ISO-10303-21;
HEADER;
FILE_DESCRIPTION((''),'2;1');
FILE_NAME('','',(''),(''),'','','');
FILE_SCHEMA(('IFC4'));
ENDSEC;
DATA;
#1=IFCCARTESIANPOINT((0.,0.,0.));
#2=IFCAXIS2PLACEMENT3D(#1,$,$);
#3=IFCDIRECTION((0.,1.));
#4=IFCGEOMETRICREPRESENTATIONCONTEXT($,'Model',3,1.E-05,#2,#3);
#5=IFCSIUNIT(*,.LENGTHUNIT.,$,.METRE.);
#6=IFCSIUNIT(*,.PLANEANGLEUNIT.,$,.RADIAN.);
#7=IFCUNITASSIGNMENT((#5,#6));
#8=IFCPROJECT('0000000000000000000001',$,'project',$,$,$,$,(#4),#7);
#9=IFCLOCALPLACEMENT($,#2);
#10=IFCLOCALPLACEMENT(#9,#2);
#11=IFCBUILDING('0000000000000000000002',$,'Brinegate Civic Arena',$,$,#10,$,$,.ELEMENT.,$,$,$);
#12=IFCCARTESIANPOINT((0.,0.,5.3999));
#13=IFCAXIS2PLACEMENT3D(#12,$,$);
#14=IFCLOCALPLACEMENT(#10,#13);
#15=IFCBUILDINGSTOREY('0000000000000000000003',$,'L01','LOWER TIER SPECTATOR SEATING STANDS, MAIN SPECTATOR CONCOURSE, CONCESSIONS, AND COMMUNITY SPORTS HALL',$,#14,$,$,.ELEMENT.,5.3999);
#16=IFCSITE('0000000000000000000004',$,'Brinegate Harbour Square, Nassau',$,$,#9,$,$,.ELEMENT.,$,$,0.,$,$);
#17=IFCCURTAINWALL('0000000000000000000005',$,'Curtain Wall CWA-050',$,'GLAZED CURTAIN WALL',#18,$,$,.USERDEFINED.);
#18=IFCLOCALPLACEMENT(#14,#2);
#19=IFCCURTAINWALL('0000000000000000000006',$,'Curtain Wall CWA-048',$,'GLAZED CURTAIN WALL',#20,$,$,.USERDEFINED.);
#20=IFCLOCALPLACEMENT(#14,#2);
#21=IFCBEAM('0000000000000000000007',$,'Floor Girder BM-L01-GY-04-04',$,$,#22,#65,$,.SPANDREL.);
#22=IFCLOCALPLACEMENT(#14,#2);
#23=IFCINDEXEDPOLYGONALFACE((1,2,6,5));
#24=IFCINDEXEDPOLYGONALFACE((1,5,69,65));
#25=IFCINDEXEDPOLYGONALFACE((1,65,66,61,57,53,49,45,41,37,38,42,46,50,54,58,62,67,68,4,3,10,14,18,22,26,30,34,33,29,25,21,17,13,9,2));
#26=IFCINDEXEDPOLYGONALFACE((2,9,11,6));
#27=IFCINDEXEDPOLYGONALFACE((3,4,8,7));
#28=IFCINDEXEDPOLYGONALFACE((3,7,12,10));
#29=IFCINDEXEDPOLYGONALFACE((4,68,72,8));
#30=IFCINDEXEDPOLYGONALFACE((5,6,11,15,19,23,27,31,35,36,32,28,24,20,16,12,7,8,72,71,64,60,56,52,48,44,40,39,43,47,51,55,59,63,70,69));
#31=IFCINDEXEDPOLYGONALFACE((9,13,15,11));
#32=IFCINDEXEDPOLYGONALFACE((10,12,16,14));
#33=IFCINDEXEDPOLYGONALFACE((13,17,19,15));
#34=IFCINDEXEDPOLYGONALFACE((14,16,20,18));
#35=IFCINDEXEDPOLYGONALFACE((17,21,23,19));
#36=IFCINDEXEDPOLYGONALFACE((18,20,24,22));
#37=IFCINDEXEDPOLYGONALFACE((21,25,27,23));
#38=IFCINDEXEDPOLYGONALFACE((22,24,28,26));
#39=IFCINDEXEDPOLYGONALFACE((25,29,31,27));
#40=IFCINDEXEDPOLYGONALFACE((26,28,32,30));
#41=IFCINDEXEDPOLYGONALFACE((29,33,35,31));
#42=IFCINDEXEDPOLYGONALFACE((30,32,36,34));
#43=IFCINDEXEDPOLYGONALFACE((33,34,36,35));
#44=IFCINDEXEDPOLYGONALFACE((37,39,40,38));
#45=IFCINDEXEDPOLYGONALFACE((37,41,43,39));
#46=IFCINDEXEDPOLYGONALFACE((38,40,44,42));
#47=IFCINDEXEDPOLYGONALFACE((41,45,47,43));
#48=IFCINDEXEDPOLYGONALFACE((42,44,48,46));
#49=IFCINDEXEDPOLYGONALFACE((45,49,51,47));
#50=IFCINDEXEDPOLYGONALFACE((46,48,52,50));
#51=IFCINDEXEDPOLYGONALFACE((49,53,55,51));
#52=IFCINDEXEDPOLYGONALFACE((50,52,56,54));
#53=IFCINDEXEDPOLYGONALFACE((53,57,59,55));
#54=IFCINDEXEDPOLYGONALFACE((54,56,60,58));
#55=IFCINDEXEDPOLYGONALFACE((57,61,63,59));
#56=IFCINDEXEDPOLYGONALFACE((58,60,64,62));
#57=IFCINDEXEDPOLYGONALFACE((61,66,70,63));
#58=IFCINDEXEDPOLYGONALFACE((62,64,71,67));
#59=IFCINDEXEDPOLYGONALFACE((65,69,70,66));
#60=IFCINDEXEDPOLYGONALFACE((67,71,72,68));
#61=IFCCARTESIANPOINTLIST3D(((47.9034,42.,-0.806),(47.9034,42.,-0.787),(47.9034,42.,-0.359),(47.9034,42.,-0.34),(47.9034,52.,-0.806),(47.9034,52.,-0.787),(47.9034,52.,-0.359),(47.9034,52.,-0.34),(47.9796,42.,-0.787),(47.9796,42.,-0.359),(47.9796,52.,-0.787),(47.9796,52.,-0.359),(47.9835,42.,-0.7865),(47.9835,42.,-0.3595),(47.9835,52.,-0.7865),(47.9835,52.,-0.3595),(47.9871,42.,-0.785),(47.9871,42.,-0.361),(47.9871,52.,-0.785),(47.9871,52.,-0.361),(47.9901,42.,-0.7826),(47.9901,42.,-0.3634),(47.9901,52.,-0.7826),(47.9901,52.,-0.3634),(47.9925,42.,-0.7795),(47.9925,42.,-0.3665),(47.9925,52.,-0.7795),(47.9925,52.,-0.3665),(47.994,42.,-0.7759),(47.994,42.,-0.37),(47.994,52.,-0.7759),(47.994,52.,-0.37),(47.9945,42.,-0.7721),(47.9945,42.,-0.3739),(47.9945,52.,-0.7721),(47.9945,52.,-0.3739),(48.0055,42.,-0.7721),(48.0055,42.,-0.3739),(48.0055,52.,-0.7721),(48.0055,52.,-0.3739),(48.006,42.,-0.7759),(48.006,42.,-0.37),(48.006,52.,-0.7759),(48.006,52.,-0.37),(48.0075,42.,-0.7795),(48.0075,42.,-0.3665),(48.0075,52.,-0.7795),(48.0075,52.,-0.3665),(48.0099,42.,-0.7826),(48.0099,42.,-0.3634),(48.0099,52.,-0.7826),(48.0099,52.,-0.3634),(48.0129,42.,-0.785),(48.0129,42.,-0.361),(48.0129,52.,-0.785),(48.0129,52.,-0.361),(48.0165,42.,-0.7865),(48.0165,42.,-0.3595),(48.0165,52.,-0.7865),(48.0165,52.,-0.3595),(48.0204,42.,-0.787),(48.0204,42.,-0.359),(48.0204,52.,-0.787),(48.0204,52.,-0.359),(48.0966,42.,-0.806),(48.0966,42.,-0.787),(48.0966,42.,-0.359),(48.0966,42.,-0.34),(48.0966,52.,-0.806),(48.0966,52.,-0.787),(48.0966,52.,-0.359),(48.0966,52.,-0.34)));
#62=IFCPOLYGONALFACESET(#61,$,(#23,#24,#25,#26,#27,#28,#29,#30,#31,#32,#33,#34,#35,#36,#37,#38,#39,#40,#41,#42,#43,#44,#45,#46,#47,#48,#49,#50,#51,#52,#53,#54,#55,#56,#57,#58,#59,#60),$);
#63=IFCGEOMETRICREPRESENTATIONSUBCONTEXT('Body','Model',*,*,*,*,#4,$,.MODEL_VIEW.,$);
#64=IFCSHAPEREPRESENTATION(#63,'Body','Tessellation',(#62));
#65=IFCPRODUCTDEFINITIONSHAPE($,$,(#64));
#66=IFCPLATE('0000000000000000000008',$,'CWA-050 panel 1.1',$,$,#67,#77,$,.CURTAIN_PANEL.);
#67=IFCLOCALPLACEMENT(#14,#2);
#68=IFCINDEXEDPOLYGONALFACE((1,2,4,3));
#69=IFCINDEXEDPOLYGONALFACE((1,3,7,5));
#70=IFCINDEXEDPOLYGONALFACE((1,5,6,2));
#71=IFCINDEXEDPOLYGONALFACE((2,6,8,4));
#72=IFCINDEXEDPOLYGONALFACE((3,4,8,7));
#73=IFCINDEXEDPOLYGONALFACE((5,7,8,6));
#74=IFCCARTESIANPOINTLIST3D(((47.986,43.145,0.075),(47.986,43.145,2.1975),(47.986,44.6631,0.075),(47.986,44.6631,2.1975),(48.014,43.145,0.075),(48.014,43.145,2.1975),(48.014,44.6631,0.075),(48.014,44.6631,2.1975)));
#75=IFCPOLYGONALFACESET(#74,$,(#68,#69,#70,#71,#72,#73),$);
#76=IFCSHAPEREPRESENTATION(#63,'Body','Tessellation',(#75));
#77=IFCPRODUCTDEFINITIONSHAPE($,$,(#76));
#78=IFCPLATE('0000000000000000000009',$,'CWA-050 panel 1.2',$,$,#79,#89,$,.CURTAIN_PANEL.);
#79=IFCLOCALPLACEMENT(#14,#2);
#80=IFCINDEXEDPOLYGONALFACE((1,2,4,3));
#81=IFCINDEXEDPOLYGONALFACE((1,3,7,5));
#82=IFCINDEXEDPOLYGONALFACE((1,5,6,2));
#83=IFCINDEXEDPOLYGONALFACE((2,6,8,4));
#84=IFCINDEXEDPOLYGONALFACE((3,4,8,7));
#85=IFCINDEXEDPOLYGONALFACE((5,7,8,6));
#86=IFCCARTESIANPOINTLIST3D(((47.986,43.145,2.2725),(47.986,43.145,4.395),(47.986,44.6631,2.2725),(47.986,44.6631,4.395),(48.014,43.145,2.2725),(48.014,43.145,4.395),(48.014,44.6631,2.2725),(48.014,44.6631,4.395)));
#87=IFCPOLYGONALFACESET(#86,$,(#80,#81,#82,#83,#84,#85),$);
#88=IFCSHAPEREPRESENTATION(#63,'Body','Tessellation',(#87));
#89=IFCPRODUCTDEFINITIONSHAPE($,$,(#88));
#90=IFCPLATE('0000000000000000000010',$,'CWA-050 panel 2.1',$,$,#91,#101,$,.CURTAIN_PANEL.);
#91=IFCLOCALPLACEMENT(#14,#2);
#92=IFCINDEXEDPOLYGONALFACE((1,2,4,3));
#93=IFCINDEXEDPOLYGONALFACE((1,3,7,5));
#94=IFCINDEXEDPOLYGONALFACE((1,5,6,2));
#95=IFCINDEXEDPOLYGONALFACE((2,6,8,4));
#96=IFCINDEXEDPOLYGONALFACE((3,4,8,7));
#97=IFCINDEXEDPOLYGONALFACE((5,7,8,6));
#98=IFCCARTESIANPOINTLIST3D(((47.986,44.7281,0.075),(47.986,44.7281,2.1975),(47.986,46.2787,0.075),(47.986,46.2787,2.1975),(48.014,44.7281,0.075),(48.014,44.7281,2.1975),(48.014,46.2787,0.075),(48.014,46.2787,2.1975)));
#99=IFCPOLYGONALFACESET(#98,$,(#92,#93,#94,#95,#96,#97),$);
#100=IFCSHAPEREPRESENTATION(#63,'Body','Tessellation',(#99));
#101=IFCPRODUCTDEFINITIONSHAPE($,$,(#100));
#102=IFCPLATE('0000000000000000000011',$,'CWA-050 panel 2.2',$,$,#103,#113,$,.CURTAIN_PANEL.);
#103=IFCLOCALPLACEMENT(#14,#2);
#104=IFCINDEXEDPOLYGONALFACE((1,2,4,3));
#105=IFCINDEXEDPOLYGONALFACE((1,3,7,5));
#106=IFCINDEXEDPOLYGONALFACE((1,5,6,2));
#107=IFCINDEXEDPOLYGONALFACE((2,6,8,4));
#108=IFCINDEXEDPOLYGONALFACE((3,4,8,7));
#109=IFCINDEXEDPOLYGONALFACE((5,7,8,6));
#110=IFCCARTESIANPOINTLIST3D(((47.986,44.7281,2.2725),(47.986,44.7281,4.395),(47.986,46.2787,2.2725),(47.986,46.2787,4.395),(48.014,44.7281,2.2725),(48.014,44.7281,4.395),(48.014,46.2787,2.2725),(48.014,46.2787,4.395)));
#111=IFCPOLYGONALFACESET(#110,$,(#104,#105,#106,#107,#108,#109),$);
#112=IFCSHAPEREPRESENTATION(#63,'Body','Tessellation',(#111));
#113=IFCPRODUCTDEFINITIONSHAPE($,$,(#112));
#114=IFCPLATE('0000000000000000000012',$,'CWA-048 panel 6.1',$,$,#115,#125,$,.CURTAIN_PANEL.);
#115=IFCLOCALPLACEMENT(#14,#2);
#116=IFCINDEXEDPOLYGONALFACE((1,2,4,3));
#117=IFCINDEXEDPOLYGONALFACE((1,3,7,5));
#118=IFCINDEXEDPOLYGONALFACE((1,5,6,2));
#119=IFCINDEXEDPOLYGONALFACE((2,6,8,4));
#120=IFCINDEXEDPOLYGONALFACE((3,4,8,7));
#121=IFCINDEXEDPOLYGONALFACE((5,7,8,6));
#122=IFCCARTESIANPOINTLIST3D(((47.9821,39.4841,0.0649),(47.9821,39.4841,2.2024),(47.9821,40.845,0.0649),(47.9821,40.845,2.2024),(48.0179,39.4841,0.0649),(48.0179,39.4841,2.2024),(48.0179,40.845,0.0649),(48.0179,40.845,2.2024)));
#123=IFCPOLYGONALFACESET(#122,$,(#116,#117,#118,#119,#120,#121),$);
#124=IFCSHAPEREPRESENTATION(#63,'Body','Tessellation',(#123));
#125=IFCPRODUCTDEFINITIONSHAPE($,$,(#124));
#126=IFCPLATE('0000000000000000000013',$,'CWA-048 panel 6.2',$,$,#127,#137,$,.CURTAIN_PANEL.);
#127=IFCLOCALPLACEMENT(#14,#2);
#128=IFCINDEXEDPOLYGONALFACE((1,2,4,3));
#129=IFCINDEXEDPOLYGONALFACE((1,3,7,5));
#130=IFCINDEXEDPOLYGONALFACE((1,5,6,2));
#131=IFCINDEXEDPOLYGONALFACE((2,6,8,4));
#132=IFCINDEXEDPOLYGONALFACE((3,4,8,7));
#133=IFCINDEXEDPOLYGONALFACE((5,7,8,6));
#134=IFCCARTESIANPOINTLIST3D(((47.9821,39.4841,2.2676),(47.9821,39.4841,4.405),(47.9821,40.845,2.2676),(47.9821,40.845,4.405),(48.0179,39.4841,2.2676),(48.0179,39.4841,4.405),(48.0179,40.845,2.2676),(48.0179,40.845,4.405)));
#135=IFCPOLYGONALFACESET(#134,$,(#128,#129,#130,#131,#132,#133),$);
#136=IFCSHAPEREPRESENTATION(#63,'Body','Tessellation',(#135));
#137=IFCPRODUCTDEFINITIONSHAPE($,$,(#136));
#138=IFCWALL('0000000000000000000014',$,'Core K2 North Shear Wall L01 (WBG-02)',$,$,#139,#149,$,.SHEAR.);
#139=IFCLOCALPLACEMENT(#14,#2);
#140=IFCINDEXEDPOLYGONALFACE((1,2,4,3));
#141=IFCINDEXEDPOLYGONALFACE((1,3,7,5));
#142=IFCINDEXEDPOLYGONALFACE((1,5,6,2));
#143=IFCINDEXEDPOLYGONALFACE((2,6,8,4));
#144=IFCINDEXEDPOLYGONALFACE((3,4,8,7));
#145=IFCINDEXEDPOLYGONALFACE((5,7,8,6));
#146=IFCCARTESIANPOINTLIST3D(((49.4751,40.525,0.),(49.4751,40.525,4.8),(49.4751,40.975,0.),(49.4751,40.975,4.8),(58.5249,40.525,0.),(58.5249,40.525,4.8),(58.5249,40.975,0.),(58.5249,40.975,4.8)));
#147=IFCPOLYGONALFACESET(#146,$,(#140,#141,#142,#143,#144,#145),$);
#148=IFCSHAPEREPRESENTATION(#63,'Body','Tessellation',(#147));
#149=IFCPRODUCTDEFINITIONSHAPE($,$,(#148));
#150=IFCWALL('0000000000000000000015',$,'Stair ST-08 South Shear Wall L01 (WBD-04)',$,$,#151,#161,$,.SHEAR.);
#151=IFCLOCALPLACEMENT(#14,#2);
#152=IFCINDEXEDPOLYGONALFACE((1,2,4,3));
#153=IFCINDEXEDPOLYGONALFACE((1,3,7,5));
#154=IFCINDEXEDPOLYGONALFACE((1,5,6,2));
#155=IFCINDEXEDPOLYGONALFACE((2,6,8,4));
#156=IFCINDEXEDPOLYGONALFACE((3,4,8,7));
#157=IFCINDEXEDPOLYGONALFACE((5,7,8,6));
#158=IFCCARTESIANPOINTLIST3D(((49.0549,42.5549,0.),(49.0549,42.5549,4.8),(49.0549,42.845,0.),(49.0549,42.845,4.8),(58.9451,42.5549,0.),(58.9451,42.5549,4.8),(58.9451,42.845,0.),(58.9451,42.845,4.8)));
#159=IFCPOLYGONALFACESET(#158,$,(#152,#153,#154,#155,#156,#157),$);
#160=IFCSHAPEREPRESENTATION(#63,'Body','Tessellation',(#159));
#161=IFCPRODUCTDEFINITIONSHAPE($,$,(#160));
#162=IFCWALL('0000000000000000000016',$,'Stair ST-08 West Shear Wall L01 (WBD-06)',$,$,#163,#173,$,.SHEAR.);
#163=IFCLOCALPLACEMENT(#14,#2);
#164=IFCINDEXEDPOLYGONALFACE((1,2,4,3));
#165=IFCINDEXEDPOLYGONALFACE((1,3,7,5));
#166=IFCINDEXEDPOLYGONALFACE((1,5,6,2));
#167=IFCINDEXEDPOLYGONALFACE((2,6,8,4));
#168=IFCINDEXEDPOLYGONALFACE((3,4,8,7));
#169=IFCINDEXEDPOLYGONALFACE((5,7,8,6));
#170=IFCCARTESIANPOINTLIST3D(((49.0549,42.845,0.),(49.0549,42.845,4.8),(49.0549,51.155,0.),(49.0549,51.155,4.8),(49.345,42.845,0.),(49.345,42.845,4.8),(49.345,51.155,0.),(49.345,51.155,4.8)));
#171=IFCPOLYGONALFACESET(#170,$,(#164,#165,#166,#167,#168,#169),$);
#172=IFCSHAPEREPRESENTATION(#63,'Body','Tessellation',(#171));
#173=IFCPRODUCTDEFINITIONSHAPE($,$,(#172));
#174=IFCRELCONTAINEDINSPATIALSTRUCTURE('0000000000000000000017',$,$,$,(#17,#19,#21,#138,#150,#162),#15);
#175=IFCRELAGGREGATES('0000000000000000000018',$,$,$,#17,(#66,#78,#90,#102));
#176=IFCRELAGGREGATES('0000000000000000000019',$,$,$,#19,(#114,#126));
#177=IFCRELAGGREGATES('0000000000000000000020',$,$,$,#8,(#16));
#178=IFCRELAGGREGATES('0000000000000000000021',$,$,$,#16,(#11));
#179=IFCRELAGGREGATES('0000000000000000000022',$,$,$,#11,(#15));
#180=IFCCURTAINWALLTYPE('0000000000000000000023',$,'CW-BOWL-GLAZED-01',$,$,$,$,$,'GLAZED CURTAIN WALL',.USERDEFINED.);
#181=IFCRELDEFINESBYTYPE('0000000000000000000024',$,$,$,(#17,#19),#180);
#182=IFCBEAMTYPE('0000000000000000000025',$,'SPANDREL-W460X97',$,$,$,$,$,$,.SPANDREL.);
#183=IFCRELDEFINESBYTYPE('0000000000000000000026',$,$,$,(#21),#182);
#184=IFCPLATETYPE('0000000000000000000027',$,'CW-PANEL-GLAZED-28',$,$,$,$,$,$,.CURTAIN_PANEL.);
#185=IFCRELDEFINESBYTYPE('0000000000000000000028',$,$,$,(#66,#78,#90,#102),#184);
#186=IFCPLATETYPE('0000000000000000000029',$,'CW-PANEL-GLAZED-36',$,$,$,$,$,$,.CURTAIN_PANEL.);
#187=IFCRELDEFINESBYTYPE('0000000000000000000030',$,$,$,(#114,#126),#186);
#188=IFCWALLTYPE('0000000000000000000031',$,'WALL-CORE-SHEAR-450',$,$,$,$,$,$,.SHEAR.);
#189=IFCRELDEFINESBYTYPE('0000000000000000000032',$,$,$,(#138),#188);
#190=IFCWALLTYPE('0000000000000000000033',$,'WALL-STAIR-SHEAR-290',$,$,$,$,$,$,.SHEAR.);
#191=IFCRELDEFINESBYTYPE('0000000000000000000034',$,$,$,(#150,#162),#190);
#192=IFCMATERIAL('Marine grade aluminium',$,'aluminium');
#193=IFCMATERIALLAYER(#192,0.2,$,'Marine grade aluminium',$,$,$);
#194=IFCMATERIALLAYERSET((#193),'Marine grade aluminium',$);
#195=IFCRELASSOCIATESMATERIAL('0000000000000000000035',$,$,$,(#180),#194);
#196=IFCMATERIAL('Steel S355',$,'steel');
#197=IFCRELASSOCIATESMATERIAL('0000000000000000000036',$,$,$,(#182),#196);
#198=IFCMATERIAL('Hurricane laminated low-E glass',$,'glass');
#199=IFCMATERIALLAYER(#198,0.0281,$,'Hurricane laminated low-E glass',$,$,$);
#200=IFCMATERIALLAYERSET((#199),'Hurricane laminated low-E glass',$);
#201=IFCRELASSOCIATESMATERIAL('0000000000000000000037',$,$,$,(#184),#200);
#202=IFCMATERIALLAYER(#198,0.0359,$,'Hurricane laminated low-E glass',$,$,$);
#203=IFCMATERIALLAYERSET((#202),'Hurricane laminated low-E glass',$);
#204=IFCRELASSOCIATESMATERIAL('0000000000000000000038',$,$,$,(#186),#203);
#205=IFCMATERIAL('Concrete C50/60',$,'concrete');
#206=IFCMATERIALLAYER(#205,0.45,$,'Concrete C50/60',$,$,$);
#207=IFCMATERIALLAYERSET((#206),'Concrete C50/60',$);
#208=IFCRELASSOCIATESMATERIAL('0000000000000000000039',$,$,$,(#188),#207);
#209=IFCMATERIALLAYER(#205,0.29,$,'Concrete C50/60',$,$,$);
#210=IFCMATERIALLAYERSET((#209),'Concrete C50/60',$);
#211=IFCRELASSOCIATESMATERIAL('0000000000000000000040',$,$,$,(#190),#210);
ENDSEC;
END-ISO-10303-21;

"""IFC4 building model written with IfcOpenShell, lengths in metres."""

from ifc_helpers import new_model, si_unit, direction, frame, frame_2d, origin, origin_2d, place, context, subcontext, project, spatial, rectangle, i_section, extrude, material, layer, layer_set, material_profile, profile_set, type_object, element, aggregate, save


model = new_model("IFC4")

# Units and contexts
model_context = context("Model", 3, precision=1e-05, world=origin(), true_north=direction((0.0, 1.0)))
body_context = subcontext(model_context, "Body", "Model", "MODEL_VIEW")
ifc_project = project(units=[si_unit("LENGTHUNIT", "METRE"), si_unit("PLANEANGLEUNIT", "RADIAN")], contexts=[model_context])

# Site, building, storey
site_placement = place(None, origin())
site = spatial("IfcSite", under=ifc_project, at=site_placement, Name="Brinegate Harbour Square, Nassau", CompositionType="ELEMENT", RefElevation=0.0)
building_placement = place(site_placement, origin())
building = spatial("IfcBuilding", under=site, at=building_placement, Name="Brinegate Civic Arena", CompositionType="ELEMENT")
storey_placement = place(building_placement, frame((0.0, 0.0, 5.3999)))
storey = spatial("IfcBuildingStorey", under=building, at=storey_placement, Name="L01", Description="LOWER TIER SPECTATOR SEATING STANDS, MAIN SPECTATOR CONCOURSE, CONCESSIONS, AND COMMUNITY SPORTS HALL", CompositionType="ELEMENT", Elevation=5.3999)

# Shared definitions
ifc_material_1 = material(Name="Concrete C50/60", Category="concrete")

# Curtain walls
ifc_material_2 = material(Name="Marine grade aluminium", Category="aluminium")
ifc_layer_1 = layer(ifc_material_2, 0.2, Name="Marine grade aluminium")
ifc_layer_set_1 = layer_set([ifc_layer_1], Name="Marine grade aluminium")
curtain_wall_type = type_object("IfcCurtainWallType", Name="CW-BOWL-GLAZED-01", ElementType="GLAZED CURTAIN WALL", PredefinedType="USERDEFINED", material=ifc_layer_set_1)
curtain_wall_1_placement = place(storey_placement, origin())
curtain_wall_1 = element("IfcCurtainWall", 1, at=curtain_wall_1_placement, inside=storey, type_object=curtain_wall_type, Name="Curtain Wall CWA-050", ObjectType="GLAZED CURTAIN WALL", PredefinedType="USERDEFINED")
curtain_wall_2_placement = place(storey_placement, origin())
curtain_wall_2 = element("IfcCurtainWall", 2, at=curtain_wall_2_placement, inside=storey, type_object=curtain_wall_type, Name="Curtain Wall CWA-048", ObjectType="GLAZED CURTAIN WALL", PredefinedType="USERDEFINED")

# Beam
ifc_material_3 = material(Name="Steel S355", Category="steel")
ifc_material_profile_1 = material_profile(ifc_material_3, i_section(OverallWidth=0.1931, OverallDepth=0.4661, WebThickness=0.011, FlangeThickness=0.019, FilletRadius=0.0149, at=origin_2d()), Name="W460X97")
ifc_profile_set_1 = profile_set([ifc_material_profile_1], Name="Steel S355")
beam_type_1 = type_object("IfcBeamType", Name="SPANDREL-W460X97", PredefinedType="SPANDREL", material=ifc_profile_set_1)
beam_1_placement = place(storey_placement, frame((48.0, 42.0, -0.573), z_axis=(0.0, 1.0, 0.0), x_axis=(-1.0, 0.0, 0.0)))
element("IfcBeam", 3, at=beam_1_placement, inside=storey, type_object=beam_type_1, Name="Floor Girder BM-L01-GY-04-04", PredefinedType="SPANDREL", context=body_context, shape_type="SweptSolid", body=[
    extrude(i_section(OverallWidth=0.1931, OverallDepth=0.4661, WebThickness=0.011, FlangeThickness=0.019, FilletRadius=0.0149, at=origin_2d()), origin(), (0.0, 0.0, 1.0), 10.0),
])

# Plates
ifc_material_4 = material(Name="Hurricane laminated low-E glass", Category="glass")
ifc_layer_2 = layer(ifc_material_4, 0.0281, Name="Hurricane laminated low-E glass")
ifc_layer_set_2 = layer_set([ifc_layer_2], Name="Hurricane laminated low-E glass")
plate_type_1 = type_object("IfcPlateType", Name="CW-PANEL-GLAZED-28", PredefinedType="CURTAIN_PANEL", material=ifc_layer_set_2)
plate_1_placement = place(storey_placement, frame((48.0, 43.9041, 0.075), z_axis=(0.0, 0.0, 1.0), x_axis=(0.0, 1.0, 0.0)))
plate_1 = element("IfcPlate", 4, at=plate_1_placement, type_object=plate_type_1, Name="CWA-050 panel 1.1", PredefinedType="CURTAIN_PANEL", context=body_context, shape_type="SweptSolid", body=[
    extrude(rectangle(XDim=1.5181, YDim=0.0281, at=origin_2d()), origin(), (0.0, 0.0, 1.0), 2.1226),
])
plate_2_placement = place(storey_placement, frame((48.0, 43.9041, 2.2725), z_axis=(0.0, 0.0, 1.0), x_axis=(0.0, 1.0, 0.0)))
plate_2 = element("IfcPlate", 5, at=plate_2_placement, type_object=plate_type_1, Name="CWA-050 panel 1.2", PredefinedType="CURTAIN_PANEL", context=body_context, shape_type="SweptSolid", body=[
    extrude(rectangle(XDim=1.5181, YDim=0.0281, at=origin_2d()), origin(), (0.0, 0.0, 1.0), 2.1226),
])
plate_3_placement = place(storey_placement, frame((48.0, 45.5034, 0.075), z_axis=(0.0, 0.0, 1.0), x_axis=(0.0, 1.0, 0.0)))
plate_3 = element("IfcPlate", 6, at=plate_3_placement, type_object=plate_type_1, Name="CWA-050 panel 2.1", PredefinedType="CURTAIN_PANEL", context=body_context, shape_type="SweptSolid", body=[
    extrude(rectangle(XDim=1.5505, YDim=0.0281, at=origin_2d()), origin(), (0.0, 0.0, 1.0), 2.1226),
])
plate_4_placement = place(storey_placement, frame((48.0, 45.5034, 2.2725), z_axis=(0.0, 0.0, 1.0), x_axis=(0.0, 1.0, 0.0)))
plate_4 = element("IfcPlate", 7, at=plate_4_placement, type_object=plate_type_1, Name="CWA-050 panel 2.2", PredefinedType="CURTAIN_PANEL", context=body_context, shape_type="SweptSolid", body=[
    extrude(rectangle(XDim=1.5505, YDim=0.0281, at=origin_2d()), origin(), (0.0, 0.0, 1.0), 2.1226),
])
aggregate(curtain_wall_1, [plate_1, plate_2, plate_3, plate_4])
ifc_layer_3 = layer(ifc_material_4, 0.0359, Name="Hurricane laminated low-E glass")
ifc_layer_set_3 = layer_set([ifc_layer_3], Name="Hurricane laminated low-E glass")
plate_type_2 = type_object("IfcPlateType", Name="CW-PANEL-GLAZED-36", PredefinedType="CURTAIN_PANEL", material=ifc_layer_set_3)
plate_5_placement = place(storey_placement, frame((48.0, 40.1646, 0.0649), z_axis=(0.0, 0.0, 1.0), x_axis=(0.0, 1.0, 0.0)))
plate_5 = element("IfcPlate", 8, at=plate_5_placement, type_object=plate_type_2, Name="CWA-048 panel 6.1", PredefinedType="CURTAIN_PANEL", context=body_context, shape_type="SweptSolid", body=[
    extrude(rectangle(XDim=1.3608, YDim=0.0359, at=origin_2d()), origin(), (0.0, 0.0, 1.0), 2.1375),
])
plate_6_placement = place(storey_placement, frame((48.0, 40.1646, 2.2676), z_axis=(0.0, 0.0, 1.0), x_axis=(0.0, 1.0, 0.0)))
plate_6 = element("IfcPlate", 9, at=plate_6_placement, type_object=plate_type_2, Name="CWA-048 panel 6.2", PredefinedType="CURTAIN_PANEL", context=body_context, shape_type="SweptSolid", body=[
    extrude(rectangle(XDim=1.3608, YDim=0.0359, at=origin_2d()), origin(), (0.0, 0.0, 1.0), 2.1375),
])
aggregate(curtain_wall_2, [plate_5, plate_6])

# Walls
ifc_layer_4 = layer(ifc_material_1, 0.45, Name="Concrete C50/60")
ifc_layer_set_4 = layer_set([ifc_layer_4], Name="Concrete C50/60")
wall_type_1 = type_object("IfcWallType", Name="WALL-CORE-SHEAR-450", PredefinedType="SHEAR", material=ifc_layer_set_4)
wall_1_placement = place(storey_placement, frame((49.4751, 40.75, 0.0), z_axis=(0.0, 0.0, 1.0), x_axis=(1.0, 0.0, 0.0)))
element("IfcWall", 10, at=wall_1_placement, inside=storey, type_object=wall_type_1, Name="Core K2 North Shear Wall L01 (WBG-02)", PredefinedType="SHEAR", context=body_context, shape_type="SweptSolid", body=[
    extrude(rectangle(XDim=9.0498, YDim=0.45, at=frame_2d((4.5249, 0.0))), origin(), (0.0, 0.0, 1.0), 4.8),
])
ifc_layer_5 = layer(ifc_material_1, 0.29, Name="Concrete C50/60")
ifc_layer_set_5 = layer_set([ifc_layer_5], Name="Concrete C50/60")
wall_type_2 = type_object("IfcWallType", Name="WALL-STAIR-SHEAR-290", PredefinedType="SHEAR", material=ifc_layer_set_5)
wall_2_placement = place(storey_placement, frame((49.0549, 42.7, 0.0), z_axis=(0.0, 0.0, 1.0), x_axis=(1.0, 0.0, 0.0)))
element("IfcWall", 11, at=wall_2_placement, inside=storey, type_object=wall_type_2, Name="Stair ST-08 South Shear Wall L01 (WBD-04)", PredefinedType="SHEAR", context=body_context, shape_type="SweptSolid", body=[
    extrude(rectangle(XDim=9.8901, YDim=0.29, at=frame_2d((4.9451, 0.0))), origin(), (0.0, 0.0, 1.0), 4.8),
])
wall_3_placement = place(storey_placement, frame((49.2, 42.845, 0.0), z_axis=(0.0, 0.0, 1.0), x_axis=(0.0, 1.0, 0.0)))
element("IfcWall", 12, at=wall_3_placement, inside=storey, type_object=wall_type_2, Name="Stair ST-08 West Shear Wall L01 (WBD-06)", PredefinedType="SHEAR", context=body_context, shape_type="SweptSolid", body=[
    extrude(rectangle(XDim=8.3101, YDim=0.29, at=frame_2d((4.155, 0.0))), origin(), (0.0, 0.0, 1.0), 4.8),
])

save(model, "model.ifc")
